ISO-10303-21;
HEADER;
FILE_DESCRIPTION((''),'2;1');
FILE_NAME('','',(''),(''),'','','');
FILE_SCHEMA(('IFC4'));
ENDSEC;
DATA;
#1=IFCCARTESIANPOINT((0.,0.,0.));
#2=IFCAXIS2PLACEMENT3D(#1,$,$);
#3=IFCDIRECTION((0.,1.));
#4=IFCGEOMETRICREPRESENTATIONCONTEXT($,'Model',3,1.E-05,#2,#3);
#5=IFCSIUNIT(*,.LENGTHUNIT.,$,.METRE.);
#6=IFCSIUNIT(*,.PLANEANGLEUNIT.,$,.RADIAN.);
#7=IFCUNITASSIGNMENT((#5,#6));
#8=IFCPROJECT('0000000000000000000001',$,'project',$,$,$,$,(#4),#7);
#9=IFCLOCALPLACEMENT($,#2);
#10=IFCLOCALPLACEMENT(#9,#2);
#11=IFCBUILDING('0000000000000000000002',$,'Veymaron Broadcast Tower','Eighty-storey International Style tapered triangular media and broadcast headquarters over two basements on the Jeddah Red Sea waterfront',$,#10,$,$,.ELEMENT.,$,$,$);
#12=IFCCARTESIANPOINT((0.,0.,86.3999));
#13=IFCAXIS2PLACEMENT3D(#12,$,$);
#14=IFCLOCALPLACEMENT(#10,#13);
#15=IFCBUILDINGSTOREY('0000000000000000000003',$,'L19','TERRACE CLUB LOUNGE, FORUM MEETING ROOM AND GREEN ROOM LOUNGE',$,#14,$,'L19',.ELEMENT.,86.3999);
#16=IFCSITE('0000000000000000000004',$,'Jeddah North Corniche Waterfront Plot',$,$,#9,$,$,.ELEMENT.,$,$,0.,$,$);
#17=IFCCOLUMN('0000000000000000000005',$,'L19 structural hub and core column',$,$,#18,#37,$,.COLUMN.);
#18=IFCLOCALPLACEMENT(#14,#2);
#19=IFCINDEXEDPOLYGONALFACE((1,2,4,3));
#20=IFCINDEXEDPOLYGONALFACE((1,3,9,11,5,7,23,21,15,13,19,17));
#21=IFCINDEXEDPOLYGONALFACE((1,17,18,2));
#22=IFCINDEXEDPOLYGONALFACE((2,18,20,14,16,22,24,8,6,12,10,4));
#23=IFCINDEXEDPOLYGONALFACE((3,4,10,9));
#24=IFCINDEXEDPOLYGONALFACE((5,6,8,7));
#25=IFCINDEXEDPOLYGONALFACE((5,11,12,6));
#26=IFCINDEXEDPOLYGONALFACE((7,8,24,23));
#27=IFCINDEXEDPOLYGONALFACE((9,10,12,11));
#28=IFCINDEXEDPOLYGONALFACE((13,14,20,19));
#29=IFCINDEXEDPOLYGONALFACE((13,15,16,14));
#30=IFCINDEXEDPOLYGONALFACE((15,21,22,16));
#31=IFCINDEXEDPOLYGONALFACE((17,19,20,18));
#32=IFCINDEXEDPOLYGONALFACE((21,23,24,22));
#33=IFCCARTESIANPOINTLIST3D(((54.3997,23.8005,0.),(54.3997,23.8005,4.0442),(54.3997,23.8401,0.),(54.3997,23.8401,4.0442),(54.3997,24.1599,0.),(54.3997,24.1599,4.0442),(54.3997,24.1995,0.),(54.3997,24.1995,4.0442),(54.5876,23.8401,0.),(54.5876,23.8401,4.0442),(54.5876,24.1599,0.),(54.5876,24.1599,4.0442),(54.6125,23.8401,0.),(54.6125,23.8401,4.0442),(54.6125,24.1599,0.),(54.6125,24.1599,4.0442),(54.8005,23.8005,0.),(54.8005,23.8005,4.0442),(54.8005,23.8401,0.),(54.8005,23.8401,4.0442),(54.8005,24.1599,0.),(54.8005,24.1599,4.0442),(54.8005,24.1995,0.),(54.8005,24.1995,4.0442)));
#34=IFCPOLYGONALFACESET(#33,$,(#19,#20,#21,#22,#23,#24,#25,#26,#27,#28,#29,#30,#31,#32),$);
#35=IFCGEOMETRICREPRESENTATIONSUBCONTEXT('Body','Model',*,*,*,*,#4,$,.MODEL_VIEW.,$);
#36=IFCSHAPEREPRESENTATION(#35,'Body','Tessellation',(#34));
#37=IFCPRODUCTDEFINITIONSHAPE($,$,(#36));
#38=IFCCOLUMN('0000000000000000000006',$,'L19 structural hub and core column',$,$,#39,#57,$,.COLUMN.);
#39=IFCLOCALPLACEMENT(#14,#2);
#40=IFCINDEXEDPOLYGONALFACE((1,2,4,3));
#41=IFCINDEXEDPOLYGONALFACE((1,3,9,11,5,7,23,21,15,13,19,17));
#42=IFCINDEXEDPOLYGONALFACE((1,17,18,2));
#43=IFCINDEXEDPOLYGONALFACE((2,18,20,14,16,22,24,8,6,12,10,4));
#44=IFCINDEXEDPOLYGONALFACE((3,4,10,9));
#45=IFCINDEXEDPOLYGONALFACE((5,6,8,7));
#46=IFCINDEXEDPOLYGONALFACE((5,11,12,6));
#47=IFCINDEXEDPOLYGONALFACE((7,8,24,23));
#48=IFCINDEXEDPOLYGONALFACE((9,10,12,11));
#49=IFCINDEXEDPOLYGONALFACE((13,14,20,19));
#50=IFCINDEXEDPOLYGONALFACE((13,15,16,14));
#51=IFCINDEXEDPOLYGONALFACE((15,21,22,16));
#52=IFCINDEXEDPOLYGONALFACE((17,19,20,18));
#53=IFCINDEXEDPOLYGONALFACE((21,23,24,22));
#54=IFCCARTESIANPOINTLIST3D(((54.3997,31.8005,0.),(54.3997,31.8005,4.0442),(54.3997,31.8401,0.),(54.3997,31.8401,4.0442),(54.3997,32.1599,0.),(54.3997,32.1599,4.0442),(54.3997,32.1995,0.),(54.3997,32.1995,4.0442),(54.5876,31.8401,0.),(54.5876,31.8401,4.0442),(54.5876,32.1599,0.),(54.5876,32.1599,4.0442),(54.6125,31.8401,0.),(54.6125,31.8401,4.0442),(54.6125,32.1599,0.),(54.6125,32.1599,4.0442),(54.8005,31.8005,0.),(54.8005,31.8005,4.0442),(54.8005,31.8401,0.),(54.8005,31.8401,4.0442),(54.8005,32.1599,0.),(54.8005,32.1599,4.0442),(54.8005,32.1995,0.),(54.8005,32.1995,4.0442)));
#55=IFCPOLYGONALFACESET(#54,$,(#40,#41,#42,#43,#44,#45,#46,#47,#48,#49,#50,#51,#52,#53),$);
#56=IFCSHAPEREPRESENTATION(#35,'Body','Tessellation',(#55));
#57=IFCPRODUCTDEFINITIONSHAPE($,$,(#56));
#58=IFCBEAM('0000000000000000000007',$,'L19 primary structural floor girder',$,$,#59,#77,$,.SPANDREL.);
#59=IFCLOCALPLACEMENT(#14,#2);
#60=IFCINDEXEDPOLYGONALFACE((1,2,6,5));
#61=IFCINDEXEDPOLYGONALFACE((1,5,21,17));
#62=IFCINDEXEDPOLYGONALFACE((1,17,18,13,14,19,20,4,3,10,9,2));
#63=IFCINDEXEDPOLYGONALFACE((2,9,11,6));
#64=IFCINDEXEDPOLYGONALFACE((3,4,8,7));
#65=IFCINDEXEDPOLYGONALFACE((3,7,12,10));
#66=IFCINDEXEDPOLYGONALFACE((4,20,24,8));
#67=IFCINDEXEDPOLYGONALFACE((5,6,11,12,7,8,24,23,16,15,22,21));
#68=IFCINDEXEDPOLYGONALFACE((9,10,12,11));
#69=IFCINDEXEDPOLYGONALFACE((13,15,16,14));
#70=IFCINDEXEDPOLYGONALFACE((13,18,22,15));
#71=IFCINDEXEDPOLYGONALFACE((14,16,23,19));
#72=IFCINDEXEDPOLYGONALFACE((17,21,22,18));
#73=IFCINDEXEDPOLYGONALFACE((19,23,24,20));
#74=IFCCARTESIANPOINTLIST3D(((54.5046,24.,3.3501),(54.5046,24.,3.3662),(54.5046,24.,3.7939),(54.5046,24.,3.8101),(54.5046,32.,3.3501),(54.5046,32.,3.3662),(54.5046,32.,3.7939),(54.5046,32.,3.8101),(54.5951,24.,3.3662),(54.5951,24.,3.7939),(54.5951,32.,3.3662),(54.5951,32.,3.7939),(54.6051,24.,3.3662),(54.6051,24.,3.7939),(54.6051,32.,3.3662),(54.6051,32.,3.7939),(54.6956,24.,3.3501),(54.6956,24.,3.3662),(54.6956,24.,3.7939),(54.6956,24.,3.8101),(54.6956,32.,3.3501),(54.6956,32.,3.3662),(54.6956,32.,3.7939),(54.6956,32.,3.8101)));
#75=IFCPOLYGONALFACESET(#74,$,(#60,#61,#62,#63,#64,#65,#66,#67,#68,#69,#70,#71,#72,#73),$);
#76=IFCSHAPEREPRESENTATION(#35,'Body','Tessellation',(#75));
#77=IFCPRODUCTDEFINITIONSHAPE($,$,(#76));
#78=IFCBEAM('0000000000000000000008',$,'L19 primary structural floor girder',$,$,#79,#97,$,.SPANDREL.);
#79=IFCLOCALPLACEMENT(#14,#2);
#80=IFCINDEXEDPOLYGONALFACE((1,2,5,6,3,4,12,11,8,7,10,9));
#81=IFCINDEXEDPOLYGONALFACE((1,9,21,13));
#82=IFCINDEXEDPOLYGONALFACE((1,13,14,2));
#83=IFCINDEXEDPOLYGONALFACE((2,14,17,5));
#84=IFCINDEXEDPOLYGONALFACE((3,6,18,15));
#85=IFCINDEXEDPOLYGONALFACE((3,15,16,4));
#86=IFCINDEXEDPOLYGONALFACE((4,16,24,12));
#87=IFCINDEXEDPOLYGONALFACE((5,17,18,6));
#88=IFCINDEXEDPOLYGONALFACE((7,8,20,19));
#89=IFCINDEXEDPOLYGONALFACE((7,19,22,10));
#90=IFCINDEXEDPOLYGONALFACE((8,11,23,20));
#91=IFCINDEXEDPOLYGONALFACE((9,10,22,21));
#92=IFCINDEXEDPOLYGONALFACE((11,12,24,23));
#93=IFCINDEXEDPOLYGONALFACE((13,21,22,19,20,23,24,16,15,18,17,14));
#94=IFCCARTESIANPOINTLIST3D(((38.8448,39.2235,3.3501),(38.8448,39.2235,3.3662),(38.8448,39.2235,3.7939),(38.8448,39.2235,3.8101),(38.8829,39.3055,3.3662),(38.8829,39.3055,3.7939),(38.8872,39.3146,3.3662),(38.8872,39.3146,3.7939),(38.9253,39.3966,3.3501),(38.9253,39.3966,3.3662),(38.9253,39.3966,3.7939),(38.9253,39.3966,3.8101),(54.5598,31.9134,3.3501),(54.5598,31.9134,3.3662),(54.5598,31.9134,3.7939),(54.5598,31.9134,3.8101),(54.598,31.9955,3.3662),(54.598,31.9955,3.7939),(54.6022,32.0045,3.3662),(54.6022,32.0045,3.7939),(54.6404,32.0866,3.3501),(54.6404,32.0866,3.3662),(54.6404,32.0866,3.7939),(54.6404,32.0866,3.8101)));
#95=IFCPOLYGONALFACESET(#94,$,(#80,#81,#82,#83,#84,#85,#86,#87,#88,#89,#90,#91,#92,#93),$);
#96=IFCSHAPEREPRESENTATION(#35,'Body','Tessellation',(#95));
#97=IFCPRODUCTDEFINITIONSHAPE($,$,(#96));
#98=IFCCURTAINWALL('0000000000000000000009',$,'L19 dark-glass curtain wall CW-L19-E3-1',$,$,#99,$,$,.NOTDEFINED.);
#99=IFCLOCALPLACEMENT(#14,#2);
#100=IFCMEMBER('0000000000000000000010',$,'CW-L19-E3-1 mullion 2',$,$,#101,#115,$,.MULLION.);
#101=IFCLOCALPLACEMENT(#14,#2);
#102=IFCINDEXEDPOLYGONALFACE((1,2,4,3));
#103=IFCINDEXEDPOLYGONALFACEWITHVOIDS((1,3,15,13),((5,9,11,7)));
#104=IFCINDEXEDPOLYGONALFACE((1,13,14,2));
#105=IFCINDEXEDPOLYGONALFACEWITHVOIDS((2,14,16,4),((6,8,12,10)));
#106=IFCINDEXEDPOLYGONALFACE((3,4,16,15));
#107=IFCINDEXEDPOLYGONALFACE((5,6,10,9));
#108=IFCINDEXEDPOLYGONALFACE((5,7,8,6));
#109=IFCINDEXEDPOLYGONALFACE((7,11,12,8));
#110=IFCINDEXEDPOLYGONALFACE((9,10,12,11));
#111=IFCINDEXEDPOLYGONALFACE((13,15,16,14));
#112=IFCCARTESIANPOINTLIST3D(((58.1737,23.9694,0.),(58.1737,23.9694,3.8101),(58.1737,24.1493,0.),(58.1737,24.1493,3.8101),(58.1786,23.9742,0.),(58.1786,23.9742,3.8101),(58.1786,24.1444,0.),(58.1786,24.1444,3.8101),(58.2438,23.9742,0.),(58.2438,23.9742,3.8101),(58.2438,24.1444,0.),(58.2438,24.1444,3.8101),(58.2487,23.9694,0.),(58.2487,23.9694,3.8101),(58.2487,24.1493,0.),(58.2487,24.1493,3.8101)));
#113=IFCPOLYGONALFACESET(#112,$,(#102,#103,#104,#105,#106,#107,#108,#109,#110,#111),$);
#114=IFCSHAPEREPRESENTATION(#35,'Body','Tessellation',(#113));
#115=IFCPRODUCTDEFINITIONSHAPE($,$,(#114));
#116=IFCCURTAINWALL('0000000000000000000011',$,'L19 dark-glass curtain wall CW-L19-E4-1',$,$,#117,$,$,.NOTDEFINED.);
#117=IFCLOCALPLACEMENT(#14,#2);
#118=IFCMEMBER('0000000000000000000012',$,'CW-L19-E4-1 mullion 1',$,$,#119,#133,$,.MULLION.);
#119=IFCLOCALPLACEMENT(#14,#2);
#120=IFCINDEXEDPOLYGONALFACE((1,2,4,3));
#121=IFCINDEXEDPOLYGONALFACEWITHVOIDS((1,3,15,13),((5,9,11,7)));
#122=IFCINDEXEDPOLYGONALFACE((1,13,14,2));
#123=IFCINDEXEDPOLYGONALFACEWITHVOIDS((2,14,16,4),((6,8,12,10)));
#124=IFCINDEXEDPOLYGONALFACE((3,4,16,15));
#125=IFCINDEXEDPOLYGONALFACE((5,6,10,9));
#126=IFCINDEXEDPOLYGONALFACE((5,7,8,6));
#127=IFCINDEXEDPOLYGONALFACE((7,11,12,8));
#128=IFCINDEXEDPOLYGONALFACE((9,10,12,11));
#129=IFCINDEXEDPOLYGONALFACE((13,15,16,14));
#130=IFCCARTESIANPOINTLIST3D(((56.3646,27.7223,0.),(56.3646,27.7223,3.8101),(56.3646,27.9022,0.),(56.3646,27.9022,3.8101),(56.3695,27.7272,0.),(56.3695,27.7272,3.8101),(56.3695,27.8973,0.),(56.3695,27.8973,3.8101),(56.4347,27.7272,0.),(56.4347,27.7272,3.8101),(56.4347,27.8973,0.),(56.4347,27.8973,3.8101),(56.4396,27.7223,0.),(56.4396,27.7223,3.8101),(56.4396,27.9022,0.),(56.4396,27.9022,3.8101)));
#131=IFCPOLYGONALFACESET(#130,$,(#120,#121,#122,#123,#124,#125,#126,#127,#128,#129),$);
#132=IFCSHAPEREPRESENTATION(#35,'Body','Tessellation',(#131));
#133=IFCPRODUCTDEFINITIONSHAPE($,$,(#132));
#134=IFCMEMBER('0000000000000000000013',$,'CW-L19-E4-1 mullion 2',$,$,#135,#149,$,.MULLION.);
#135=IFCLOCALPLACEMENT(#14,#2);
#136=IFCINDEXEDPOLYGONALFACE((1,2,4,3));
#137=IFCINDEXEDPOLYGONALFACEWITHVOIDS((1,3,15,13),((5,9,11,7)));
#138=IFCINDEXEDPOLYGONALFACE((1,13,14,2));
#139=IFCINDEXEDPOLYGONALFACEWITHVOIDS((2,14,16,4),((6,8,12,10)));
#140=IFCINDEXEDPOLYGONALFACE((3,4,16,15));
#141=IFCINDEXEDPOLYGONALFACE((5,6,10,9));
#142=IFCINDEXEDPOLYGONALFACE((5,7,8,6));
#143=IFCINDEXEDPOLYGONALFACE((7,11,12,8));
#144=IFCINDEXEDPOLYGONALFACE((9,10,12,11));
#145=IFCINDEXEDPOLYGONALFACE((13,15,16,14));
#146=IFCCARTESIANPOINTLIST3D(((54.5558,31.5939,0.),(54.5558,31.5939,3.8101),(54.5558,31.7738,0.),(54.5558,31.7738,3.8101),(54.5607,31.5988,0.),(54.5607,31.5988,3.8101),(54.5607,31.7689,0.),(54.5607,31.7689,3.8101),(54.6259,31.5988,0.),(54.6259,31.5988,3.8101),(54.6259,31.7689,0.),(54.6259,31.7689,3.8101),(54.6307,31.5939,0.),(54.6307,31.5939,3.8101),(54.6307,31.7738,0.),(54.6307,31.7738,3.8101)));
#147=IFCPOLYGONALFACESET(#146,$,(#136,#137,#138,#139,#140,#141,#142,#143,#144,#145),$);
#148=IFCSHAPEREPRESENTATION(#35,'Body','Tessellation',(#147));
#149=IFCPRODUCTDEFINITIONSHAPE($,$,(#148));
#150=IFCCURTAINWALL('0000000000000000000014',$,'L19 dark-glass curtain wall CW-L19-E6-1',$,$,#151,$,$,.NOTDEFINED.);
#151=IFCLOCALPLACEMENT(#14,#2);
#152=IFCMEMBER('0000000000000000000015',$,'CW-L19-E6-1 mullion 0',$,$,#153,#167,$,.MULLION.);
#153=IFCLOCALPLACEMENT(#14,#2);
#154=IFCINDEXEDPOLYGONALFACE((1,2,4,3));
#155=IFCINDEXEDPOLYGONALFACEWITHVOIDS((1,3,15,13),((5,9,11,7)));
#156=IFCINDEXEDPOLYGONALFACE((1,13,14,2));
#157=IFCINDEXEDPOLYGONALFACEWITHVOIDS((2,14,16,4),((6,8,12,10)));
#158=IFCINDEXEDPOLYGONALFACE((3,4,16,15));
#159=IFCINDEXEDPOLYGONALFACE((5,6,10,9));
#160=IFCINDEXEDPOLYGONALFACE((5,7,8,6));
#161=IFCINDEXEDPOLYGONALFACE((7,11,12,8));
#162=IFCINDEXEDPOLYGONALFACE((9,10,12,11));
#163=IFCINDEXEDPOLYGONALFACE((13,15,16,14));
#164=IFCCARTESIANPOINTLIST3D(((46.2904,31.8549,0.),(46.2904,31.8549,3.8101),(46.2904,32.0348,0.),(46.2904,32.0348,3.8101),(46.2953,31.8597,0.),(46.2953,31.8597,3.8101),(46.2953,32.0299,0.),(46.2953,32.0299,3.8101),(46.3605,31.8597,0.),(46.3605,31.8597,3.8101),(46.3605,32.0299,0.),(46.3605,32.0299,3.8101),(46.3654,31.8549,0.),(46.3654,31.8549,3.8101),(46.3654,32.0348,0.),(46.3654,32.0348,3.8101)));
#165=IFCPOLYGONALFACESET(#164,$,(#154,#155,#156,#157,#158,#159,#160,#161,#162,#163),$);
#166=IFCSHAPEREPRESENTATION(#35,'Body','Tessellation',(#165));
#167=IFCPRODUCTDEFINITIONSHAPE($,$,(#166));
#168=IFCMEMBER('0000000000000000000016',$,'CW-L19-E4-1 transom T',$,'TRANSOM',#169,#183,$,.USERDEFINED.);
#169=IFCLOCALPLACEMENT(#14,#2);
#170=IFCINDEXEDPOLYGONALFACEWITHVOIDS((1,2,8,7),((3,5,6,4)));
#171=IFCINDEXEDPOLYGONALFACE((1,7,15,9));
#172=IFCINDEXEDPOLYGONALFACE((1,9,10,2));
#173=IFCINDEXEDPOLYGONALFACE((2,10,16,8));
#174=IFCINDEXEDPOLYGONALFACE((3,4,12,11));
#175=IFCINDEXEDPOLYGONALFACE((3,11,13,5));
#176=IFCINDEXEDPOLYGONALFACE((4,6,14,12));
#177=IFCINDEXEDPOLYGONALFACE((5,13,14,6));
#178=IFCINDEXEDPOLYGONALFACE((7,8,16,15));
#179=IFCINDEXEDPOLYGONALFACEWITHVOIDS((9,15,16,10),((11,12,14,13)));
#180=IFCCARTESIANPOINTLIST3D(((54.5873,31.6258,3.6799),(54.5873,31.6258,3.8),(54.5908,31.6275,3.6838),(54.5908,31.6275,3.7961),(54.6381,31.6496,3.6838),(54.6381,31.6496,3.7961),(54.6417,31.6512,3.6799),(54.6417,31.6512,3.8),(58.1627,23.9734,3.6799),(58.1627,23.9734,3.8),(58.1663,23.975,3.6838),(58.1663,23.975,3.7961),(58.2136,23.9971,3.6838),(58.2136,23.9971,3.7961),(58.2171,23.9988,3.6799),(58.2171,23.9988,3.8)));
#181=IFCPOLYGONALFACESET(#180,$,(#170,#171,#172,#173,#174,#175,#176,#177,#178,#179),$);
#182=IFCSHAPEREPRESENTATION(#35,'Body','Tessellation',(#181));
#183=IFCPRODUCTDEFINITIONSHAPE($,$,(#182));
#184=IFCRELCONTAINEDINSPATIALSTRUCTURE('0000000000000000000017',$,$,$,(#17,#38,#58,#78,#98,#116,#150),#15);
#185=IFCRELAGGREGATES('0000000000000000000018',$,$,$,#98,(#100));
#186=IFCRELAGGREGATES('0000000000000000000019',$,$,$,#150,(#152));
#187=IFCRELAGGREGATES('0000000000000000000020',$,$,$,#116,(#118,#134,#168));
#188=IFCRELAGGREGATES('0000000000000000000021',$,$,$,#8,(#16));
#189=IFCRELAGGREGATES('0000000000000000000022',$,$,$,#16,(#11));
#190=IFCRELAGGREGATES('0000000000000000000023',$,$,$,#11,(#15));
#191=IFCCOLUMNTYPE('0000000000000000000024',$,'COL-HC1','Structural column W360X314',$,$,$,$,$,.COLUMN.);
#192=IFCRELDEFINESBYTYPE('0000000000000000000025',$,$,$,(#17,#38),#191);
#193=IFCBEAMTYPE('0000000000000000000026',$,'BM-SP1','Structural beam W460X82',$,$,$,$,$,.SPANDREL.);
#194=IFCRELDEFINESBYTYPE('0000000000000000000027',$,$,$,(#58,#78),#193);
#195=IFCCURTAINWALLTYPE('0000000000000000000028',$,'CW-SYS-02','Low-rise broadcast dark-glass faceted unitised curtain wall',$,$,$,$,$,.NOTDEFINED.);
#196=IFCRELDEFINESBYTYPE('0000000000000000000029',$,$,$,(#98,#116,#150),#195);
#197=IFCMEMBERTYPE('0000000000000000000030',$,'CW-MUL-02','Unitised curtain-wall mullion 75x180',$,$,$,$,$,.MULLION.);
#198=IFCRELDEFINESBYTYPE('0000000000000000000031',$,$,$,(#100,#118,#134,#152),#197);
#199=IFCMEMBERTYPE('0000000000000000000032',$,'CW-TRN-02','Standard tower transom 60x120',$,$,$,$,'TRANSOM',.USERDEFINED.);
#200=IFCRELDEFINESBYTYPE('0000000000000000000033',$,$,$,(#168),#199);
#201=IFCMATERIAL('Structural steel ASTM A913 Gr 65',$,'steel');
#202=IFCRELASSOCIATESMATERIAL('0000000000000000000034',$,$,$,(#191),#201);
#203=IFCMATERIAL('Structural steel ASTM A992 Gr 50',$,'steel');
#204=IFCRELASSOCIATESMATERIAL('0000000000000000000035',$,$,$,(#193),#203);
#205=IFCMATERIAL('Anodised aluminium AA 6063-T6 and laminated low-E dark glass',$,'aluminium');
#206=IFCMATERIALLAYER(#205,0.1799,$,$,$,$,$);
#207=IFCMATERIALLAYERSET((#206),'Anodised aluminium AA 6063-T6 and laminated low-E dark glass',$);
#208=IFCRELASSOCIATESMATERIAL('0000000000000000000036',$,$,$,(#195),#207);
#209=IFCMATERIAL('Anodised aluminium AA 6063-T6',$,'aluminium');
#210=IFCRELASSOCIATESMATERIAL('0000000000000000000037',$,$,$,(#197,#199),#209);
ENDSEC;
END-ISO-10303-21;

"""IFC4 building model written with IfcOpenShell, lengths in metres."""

from ifc_helpers import new_model, si_unit, direction, frame, origin, origin_2d, place, context, subcontext, project, spatial, hollow_rectangle, i_section, extrude, material, layer, layer_set, material_profile, profile_set, type_object, element, aggregate, save


model = new_model("IFC4")

# Units and contexts
model_context = context("Model", 3, precision=1e-05, world=origin(), true_north=direction((0.0, 1.0)))
body_context = subcontext(model_context, "Body", "Model", "MODEL_VIEW")
ifc_project = project(units=[si_unit("LENGTHUNIT", "METRE"), si_unit("PLANEANGLEUNIT", "RADIAN")], contexts=[model_context])

# Site, building, storey
site_placement = place(None, origin())
site = spatial("IfcSite", under=ifc_project, at=site_placement, Name="Jeddah North Corniche Waterfront Plot", CompositionType="ELEMENT", RefElevation=0.0)
building_placement = place(site_placement, origin())
building = spatial("IfcBuilding", under=site, at=building_placement, Name="Veymaron Broadcast Tower", Description="Eighty-storey International Style tapered triangular media and broadcast headquarters over two basements on the Jeddah Red Sea waterfront", CompositionType="ELEMENT")
storey_placement = place(building_placement, frame((0.0, 0.0, 86.3999)))
storey = spatial("IfcBuildingStorey", under=building, at=storey_placement, Name="L19", Description="TERRACE CLUB LOUNGE, FORUM MEETING ROOM AND GREEN ROOM LOUNGE", LongName="L19", CompositionType="ELEMENT", Elevation=86.3999)

# Columns
ifc_material_1 = material(Name="Structural steel ASTM A913 Gr 65", Category="steel")
ifc_material_profile_1 = material_profile(ifc_material_1, i_section(OverallWidth=0.4009, OverallDepth=0.3989, WebThickness=0.0249, FlangeThickness=0.0396, at=origin_2d()), Name="W360X314")
ifc_profile_set_1 = profile_set([ifc_material_profile_1], Name="Structural steel ASTM A913 Gr 65")
column_type = type_object("IfcColumnType", Name="COL-HC1", Description="Structural column W360X314", PredefinedType="COLUMN", material=ifc_profile_set_1)
for number, where, z_axis, x_axis, name in (
    (1, (54.6001, 24.0, 0.0), (0.0, 0.0, 1.0), (1.0, 0.0, 0.0), "L19 structural hub and core column"),
    (2, (54.6001, 32.0, 0.0), (0.0, 0.0, 1.0), (1.0, 0.0, 0.0), "L19 structural hub and core column"),
):
    element("IfcColumn", number, at=place(storey_placement, frame(where, z_axis=z_axis, x_axis=x_axis)), inside=storey, type_object=column_type, Name=name, PredefinedType="COLUMN", context=body_context, shape_type="SweptSolid", body=[
        extrude(i_section(OverallWidth=0.4009, OverallDepth=0.3989, WebThickness=0.0249, FlangeThickness=0.0396, at=origin_2d()), origin(), (0.0, 0.0, 1.0), 4.0442),
    ])

# Beams
ifc_material_2 = material(Name="Structural steel ASTM A992 Gr 50", Category="steel")
ifc_material_profile_2 = material_profile(ifc_material_2, i_section(OverallWidth=0.1909, OverallDepth=0.46, WebThickness=0.01, FlangeThickness=0.0161, at=origin_2d()), Name="W460X82")
ifc_profile_set_2 = profile_set([ifc_material_profile_2], Name="Structural steel ASTM A992 Gr 50")
beam_type = type_object("IfcBeamType", Name="BM-SP1", Description="Structural beam W460X82", PredefinedType="SPANDREL", material=ifc_profile_set_2)
beam_1_placement = place(storey_placement, frame((54.6001, 24.0, 3.5801), z_axis=(0.0, 1.0, 0.0), x_axis=(-1.0, 0.0, 0.0)))
element("IfcBeam", 3, at=beam_1_placement, inside=storey, type_object=beam_type, Name="L19 primary structural floor girder", PredefinedType="SPANDREL", context=body_context, shape_type="SweptSolid", body=[
    extrude(i_section(OverallWidth=0.1909, OverallDepth=0.46, WebThickness=0.01, FlangeThickness=0.0161, at=origin_2d()), origin(), (0.0, 0.0, 1.0), 8.0),
])
beam_2_placement = place(storey_placement, frame((54.6001, 32.0, 3.5801), z_axis=(-0.906705, 0.421765, 0.0), x_axis=(-0.421765, -0.906705, 0.0)))
element("IfcBeam", 4, at=beam_2_placement, inside=storey, type_object=beam_type, Name="L19 primary structural floor girder", PredefinedType="SPANDREL", context=body_context, shape_type="SweptSolid", body=[
    extrude(i_section(OverallWidth=0.1909, OverallDepth=0.46, WebThickness=0.01, FlangeThickness=0.0161, at=origin_2d()), origin(), (0.0, 0.0, 1.0), 17.332),
])

# Curtain wall, member
ifc_material_3 = material(Name="Anodised aluminium AA 6063-T6 and laminated low-E dark glass", Category="aluminium")
ifc_layer_1 = layer(ifc_material_3, 0.1799)
ifc_layer_set_1 = layer_set([ifc_layer_1], Name="Anodised aluminium AA 6063-T6 and laminated low-E dark glass")
curtain_wall_type = type_object("IfcCurtainWallType", Name="CW-SYS-02", Description="Low-rise broadcast dark-glass faceted unitised curtain wall", PredefinedType="NOTDEFINED", material=ifc_layer_set_1)
curtain_wall_1_placement = place(storey_placement, origin())
curtain_wall_1 = element("IfcCurtainWall", 5, at=curtain_wall_1_placement, inside=storey, type_object=curtain_wall_type, Name="L19 dark-glass curtain wall CW-L19-E3-1", PredefinedType="NOTDEFINED")
ifc_material_4 = material(Name="Anodised aluminium AA 6063-T6", Category="aluminium")
ifc_material_profile_3 = material_profile(ifc_material_4, hollow_rectangle(XDim=0.075, YDim=0.1799, WallThickness=0.0049, at=origin_2d()), Name="AL180X75X5")
ifc_profile_set_3 = profile_set([ifc_material_profile_3], Name="Anodised aluminium AA 6063-T6")
member_type_1 = type_object("IfcMemberType", Name="CW-MUL-02", Description="Unitised curtain-wall mullion 75x180", PredefinedType="MULLION", material=ifc_profile_set_3)
member_1_placement = place(storey_placement, frame((58.2112, 24.0593, 0.0), z_axis=(0.0, 0.0, 1.0), x_axis=(1.0, 0.0, 0.0)))
member_1 = element("IfcMember", 6, at=member_1_placement, type_object=member_type_1, Name="CW-L19-E3-1 mullion 2", PredefinedType="MULLION", context=body_context, shape_type="SweptSolid", body=[
    extrude(hollow_rectangle(XDim=0.075, YDim=0.1799, WallThickness=0.0049, at=origin_2d()), origin(), (0.0, 0.0, 1.0), 3.8101),
])
aggregate(curtain_wall_1, [member_1])

# Curtain wall, members
curtain_wall_2_placement = place(storey_placement, origin())
curtain_wall_2 = element("IfcCurtainWall", 7, at=curtain_wall_2_placement, inside=storey, type_object=curtain_wall_type, Name="L19 dark-glass curtain wall CW-L19-E4-1", PredefinedType="NOTDEFINED")
member_2_placement = place(storey_placement, frame((56.4021, 27.8123, 0.0), z_axis=(0.0, 0.0, 1.0), x_axis=(1.0, 0.0, 0.0)))
member_2 = element("IfcMember", 8, at=member_2_placement, type_object=member_type_1, Name="CW-L19-E4-1 mullion 1", PredefinedType="MULLION", context=body_context, shape_type="SweptSolid", body=[
    extrude(hollow_rectangle(XDim=0.075, YDim=0.1799, WallThickness=0.0049, at=origin_2d()), origin(), (0.0, 0.0, 1.0), 3.8101),
])
member_3_placement = place(storey_placement, frame((54.5933, 31.6838, 0.0), z_axis=(0.0, 0.0, 1.0), x_axis=(1.0, 0.0, 0.0)))
member_3 = element("IfcMember", 9, at=member_3_placement, type_object=member_type_1, Name="CW-L19-E4-1 mullion 2", PredefinedType="MULLION", context=body_context, shape_type="SweptSolid", body=[
    extrude(hollow_rectangle(XDim=0.075, YDim=0.1799, WallThickness=0.0049, at=origin_2d()), origin(), (0.0, 0.0, 1.0), 3.8101),
])

# Curtain wall, member
curtain_wall_3_placement = place(storey_placement, origin())
curtain_wall_3 = element("IfcCurtainWall", 10, at=curtain_wall_3_placement, inside=storey, type_object=curtain_wall_type, Name="L19 dark-glass curtain wall CW-L19-E6-1", PredefinedType="NOTDEFINED")
member_4_placement = place(storey_placement, frame((46.3279, 31.9448, 0.0), z_axis=(0.0, 0.0, 1.0), x_axis=(1.0, 0.0, 0.0)))
member_4 = element("IfcMember", 11, at=member_4_placement, type_object=member_type_1, Name="CW-L19-E6-1 mullion 0", PredefinedType="MULLION", context=body_context, shape_type="SweptSolid", body=[
    extrude(hollow_rectangle(XDim=0.075, YDim=0.1799, WallThickness=0.0049, at=origin_2d()), origin(), (0.0, 0.0, 1.0), 3.8101),
])

# Member
ifc_material_profile_4 = material_profile(ifc_material_4, hollow_rectangle(XDim=0.0601, YDim=0.1201, WallThickness=0.0039, at=origin_2d()), Name="AL120X60X4")
ifc_profile_set_4 = profile_set([ifc_material_profile_4], Name="Anodised aluminium AA 6063-T6")
member_type_2 = type_object("IfcMemberType", Name="CW-TRN-02", Description="Standard tower transom 60x120", ElementType="TRANSOM", PredefinedType="USERDEFINED", material=ifc_profile_set_4)
member_5_placement = place(storey_placement, frame((58.1899, 23.9861, 3.74), z_axis=(-0.423308, 0.905986, 0.0), x_axis=(-0.905986, -0.423308, 0.0)))
member_5 = element("IfcMember", 12, at=member_5_placement, type_object=member_type_2, Name="CW-L19-E4-1 transom T", ObjectType="TRANSOM", PredefinedType="USERDEFINED", context=body_context, shape_type="SweptSolid", body=[
    extrude(hollow_rectangle(XDim=0.0601, YDim=0.1201, WallThickness=0.0039, at=origin_2d()), origin(), (0.0, 0.0, 1.0), 8.4465),
])
aggregate(curtain_wall_3, [member_4])

aggregate(curtain_wall_2, [member_2, member_3, member_5])

save(model, "model.ifc")
